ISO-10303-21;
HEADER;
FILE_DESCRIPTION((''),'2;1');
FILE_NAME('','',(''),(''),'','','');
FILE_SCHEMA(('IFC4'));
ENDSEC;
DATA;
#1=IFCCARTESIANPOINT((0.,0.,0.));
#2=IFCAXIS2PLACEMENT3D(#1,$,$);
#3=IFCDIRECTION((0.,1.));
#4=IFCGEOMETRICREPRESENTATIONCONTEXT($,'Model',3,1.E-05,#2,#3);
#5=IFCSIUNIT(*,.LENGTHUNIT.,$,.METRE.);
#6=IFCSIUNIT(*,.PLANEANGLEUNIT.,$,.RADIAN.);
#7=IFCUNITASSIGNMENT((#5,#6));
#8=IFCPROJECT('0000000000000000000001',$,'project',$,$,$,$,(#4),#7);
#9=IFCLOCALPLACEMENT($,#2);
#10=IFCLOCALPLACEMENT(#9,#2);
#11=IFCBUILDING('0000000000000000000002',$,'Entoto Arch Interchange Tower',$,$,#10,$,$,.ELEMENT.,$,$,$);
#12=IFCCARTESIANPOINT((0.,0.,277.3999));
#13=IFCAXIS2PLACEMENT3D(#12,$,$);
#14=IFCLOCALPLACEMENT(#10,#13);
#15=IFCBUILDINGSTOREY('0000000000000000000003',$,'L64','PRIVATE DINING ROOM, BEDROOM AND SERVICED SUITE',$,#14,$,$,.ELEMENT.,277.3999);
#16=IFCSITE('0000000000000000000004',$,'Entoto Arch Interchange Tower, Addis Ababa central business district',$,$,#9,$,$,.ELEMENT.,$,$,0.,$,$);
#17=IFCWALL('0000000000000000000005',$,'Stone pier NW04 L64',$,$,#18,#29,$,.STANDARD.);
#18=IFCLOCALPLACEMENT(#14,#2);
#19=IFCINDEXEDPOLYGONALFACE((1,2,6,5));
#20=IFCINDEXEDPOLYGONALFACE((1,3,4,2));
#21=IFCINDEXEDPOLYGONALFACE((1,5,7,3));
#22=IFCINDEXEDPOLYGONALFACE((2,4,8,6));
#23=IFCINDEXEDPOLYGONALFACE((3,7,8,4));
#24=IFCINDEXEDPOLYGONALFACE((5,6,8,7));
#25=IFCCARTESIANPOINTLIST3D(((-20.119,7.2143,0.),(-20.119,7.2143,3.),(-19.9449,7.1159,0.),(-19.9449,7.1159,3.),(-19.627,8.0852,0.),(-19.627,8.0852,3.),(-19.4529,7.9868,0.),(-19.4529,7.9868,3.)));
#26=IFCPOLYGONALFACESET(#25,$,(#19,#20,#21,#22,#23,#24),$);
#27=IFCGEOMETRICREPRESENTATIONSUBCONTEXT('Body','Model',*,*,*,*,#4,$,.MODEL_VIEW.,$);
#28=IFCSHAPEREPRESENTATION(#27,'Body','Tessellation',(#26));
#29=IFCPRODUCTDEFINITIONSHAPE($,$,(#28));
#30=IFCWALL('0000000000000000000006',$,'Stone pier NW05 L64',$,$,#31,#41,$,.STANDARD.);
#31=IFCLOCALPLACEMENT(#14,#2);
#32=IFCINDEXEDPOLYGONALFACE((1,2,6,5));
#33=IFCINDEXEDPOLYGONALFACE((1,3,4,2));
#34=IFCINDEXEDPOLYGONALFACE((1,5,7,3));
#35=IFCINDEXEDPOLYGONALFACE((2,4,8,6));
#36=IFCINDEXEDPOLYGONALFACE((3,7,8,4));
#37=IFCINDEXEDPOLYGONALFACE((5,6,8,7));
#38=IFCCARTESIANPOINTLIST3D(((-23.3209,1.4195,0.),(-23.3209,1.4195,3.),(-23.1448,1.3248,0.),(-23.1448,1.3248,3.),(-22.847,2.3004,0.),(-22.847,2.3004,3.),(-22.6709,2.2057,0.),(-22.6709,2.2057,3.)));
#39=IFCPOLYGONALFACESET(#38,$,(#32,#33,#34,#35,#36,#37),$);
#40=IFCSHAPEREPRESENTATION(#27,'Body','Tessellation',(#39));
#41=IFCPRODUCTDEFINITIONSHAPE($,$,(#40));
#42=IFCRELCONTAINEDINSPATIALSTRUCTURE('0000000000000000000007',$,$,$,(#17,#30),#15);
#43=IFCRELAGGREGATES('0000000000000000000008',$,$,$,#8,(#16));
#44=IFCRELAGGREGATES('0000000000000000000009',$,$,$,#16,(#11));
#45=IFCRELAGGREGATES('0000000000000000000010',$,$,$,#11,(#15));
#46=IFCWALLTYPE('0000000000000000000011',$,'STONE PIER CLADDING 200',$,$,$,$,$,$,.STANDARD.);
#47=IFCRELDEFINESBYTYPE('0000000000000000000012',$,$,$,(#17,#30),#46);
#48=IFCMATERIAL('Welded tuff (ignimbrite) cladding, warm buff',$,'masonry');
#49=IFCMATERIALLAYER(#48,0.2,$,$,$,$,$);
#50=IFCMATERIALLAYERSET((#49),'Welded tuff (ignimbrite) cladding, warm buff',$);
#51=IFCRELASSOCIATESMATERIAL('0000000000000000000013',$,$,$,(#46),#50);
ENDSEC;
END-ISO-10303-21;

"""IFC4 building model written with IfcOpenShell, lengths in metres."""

from ifc_helpers import new_model, si_unit, direction, frame, frame_2d, origin, place, context, subcontext, project, spatial, rectangle, extrude, material, layer, layer_set, type_object, element, save


model = new_model("IFC4")

# Units and contexts
model_context = context("Model", 3, precision=1e-05, world=origin(), true_north=direction((0.0, 1.0)))
body_context = subcontext(model_context, "Body", "Model", "MODEL_VIEW")
ifc_project = project(units=[si_unit("LENGTHUNIT", "METRE"), si_unit("PLANEANGLEUNIT", "RADIAN")], contexts=[model_context])

# Site, building, storey
site_placement = place(None, origin())
site = spatial("IfcSite", under=ifc_project, at=site_placement, Name="Entoto Arch Interchange Tower, Addis Ababa central business district", CompositionType="ELEMENT", RefElevation=0.0)
building_placement = place(site_placement, origin())
building = spatial("IfcBuilding", under=site, at=building_placement, Name="Entoto Arch Interchange Tower", CompositionType="ELEMENT")
storey_placement = place(building_placement, frame((0.0, 0.0, 277.3999)))
storey = spatial("IfcBuildingStorey", under=building, at=storey_placement, Name="L64", Description="PRIVATE DINING ROOM, BEDROOM AND SERVICED SUITE", CompositionType="ELEMENT", Elevation=277.3999)

# Shared definitions
ifc_material_1 = material(Name="Welded tuff (ignimbrite) cladding, warm buff", Category="masonry")

# Walls
ifc_layer_1 = layer(ifc_material_1, 0.2)
ifc_layer_set_1 = layer_set([ifc_layer_1], Name="Welded tuff (ignimbrite) cladding, warm buff")
wall_type_1 = type_object("IfcWallType", Name="STONE PIER CLADDING 200", PredefinedType="STANDARD", material=ifc_layer_set_1)
for number, where, z_axis, x_axis, name in (
    (1, (-19.54, 8.0359, 0.0), (0.0, 0.0, 1.0), (-0.491848, -0.870681, 0.0), "Stone pier NW04 L64"),
    (2, (-22.759, 2.2529, 0.0), (0.0, 0.0, 1.0), (-0.473765, -0.880651, 0.0), "Stone pier NW05 L64"),
):
    element("IfcWall", number, at=place(storey_placement, frame(where, z_axis=z_axis, x_axis=x_axis)), inside=storey, type_object=wall_type_1, Name=name, PredefinedType="STANDARD", context=body_context, shape_type="SweptSolid", body=[
        extrude(rectangle(XDim=1.0002, YDim=0.2, at=frame_2d((0.5, 0.0))), origin(), (0.0, 0.0, 1.0), 3.0),
    ])

save(model, "model.ifc")
